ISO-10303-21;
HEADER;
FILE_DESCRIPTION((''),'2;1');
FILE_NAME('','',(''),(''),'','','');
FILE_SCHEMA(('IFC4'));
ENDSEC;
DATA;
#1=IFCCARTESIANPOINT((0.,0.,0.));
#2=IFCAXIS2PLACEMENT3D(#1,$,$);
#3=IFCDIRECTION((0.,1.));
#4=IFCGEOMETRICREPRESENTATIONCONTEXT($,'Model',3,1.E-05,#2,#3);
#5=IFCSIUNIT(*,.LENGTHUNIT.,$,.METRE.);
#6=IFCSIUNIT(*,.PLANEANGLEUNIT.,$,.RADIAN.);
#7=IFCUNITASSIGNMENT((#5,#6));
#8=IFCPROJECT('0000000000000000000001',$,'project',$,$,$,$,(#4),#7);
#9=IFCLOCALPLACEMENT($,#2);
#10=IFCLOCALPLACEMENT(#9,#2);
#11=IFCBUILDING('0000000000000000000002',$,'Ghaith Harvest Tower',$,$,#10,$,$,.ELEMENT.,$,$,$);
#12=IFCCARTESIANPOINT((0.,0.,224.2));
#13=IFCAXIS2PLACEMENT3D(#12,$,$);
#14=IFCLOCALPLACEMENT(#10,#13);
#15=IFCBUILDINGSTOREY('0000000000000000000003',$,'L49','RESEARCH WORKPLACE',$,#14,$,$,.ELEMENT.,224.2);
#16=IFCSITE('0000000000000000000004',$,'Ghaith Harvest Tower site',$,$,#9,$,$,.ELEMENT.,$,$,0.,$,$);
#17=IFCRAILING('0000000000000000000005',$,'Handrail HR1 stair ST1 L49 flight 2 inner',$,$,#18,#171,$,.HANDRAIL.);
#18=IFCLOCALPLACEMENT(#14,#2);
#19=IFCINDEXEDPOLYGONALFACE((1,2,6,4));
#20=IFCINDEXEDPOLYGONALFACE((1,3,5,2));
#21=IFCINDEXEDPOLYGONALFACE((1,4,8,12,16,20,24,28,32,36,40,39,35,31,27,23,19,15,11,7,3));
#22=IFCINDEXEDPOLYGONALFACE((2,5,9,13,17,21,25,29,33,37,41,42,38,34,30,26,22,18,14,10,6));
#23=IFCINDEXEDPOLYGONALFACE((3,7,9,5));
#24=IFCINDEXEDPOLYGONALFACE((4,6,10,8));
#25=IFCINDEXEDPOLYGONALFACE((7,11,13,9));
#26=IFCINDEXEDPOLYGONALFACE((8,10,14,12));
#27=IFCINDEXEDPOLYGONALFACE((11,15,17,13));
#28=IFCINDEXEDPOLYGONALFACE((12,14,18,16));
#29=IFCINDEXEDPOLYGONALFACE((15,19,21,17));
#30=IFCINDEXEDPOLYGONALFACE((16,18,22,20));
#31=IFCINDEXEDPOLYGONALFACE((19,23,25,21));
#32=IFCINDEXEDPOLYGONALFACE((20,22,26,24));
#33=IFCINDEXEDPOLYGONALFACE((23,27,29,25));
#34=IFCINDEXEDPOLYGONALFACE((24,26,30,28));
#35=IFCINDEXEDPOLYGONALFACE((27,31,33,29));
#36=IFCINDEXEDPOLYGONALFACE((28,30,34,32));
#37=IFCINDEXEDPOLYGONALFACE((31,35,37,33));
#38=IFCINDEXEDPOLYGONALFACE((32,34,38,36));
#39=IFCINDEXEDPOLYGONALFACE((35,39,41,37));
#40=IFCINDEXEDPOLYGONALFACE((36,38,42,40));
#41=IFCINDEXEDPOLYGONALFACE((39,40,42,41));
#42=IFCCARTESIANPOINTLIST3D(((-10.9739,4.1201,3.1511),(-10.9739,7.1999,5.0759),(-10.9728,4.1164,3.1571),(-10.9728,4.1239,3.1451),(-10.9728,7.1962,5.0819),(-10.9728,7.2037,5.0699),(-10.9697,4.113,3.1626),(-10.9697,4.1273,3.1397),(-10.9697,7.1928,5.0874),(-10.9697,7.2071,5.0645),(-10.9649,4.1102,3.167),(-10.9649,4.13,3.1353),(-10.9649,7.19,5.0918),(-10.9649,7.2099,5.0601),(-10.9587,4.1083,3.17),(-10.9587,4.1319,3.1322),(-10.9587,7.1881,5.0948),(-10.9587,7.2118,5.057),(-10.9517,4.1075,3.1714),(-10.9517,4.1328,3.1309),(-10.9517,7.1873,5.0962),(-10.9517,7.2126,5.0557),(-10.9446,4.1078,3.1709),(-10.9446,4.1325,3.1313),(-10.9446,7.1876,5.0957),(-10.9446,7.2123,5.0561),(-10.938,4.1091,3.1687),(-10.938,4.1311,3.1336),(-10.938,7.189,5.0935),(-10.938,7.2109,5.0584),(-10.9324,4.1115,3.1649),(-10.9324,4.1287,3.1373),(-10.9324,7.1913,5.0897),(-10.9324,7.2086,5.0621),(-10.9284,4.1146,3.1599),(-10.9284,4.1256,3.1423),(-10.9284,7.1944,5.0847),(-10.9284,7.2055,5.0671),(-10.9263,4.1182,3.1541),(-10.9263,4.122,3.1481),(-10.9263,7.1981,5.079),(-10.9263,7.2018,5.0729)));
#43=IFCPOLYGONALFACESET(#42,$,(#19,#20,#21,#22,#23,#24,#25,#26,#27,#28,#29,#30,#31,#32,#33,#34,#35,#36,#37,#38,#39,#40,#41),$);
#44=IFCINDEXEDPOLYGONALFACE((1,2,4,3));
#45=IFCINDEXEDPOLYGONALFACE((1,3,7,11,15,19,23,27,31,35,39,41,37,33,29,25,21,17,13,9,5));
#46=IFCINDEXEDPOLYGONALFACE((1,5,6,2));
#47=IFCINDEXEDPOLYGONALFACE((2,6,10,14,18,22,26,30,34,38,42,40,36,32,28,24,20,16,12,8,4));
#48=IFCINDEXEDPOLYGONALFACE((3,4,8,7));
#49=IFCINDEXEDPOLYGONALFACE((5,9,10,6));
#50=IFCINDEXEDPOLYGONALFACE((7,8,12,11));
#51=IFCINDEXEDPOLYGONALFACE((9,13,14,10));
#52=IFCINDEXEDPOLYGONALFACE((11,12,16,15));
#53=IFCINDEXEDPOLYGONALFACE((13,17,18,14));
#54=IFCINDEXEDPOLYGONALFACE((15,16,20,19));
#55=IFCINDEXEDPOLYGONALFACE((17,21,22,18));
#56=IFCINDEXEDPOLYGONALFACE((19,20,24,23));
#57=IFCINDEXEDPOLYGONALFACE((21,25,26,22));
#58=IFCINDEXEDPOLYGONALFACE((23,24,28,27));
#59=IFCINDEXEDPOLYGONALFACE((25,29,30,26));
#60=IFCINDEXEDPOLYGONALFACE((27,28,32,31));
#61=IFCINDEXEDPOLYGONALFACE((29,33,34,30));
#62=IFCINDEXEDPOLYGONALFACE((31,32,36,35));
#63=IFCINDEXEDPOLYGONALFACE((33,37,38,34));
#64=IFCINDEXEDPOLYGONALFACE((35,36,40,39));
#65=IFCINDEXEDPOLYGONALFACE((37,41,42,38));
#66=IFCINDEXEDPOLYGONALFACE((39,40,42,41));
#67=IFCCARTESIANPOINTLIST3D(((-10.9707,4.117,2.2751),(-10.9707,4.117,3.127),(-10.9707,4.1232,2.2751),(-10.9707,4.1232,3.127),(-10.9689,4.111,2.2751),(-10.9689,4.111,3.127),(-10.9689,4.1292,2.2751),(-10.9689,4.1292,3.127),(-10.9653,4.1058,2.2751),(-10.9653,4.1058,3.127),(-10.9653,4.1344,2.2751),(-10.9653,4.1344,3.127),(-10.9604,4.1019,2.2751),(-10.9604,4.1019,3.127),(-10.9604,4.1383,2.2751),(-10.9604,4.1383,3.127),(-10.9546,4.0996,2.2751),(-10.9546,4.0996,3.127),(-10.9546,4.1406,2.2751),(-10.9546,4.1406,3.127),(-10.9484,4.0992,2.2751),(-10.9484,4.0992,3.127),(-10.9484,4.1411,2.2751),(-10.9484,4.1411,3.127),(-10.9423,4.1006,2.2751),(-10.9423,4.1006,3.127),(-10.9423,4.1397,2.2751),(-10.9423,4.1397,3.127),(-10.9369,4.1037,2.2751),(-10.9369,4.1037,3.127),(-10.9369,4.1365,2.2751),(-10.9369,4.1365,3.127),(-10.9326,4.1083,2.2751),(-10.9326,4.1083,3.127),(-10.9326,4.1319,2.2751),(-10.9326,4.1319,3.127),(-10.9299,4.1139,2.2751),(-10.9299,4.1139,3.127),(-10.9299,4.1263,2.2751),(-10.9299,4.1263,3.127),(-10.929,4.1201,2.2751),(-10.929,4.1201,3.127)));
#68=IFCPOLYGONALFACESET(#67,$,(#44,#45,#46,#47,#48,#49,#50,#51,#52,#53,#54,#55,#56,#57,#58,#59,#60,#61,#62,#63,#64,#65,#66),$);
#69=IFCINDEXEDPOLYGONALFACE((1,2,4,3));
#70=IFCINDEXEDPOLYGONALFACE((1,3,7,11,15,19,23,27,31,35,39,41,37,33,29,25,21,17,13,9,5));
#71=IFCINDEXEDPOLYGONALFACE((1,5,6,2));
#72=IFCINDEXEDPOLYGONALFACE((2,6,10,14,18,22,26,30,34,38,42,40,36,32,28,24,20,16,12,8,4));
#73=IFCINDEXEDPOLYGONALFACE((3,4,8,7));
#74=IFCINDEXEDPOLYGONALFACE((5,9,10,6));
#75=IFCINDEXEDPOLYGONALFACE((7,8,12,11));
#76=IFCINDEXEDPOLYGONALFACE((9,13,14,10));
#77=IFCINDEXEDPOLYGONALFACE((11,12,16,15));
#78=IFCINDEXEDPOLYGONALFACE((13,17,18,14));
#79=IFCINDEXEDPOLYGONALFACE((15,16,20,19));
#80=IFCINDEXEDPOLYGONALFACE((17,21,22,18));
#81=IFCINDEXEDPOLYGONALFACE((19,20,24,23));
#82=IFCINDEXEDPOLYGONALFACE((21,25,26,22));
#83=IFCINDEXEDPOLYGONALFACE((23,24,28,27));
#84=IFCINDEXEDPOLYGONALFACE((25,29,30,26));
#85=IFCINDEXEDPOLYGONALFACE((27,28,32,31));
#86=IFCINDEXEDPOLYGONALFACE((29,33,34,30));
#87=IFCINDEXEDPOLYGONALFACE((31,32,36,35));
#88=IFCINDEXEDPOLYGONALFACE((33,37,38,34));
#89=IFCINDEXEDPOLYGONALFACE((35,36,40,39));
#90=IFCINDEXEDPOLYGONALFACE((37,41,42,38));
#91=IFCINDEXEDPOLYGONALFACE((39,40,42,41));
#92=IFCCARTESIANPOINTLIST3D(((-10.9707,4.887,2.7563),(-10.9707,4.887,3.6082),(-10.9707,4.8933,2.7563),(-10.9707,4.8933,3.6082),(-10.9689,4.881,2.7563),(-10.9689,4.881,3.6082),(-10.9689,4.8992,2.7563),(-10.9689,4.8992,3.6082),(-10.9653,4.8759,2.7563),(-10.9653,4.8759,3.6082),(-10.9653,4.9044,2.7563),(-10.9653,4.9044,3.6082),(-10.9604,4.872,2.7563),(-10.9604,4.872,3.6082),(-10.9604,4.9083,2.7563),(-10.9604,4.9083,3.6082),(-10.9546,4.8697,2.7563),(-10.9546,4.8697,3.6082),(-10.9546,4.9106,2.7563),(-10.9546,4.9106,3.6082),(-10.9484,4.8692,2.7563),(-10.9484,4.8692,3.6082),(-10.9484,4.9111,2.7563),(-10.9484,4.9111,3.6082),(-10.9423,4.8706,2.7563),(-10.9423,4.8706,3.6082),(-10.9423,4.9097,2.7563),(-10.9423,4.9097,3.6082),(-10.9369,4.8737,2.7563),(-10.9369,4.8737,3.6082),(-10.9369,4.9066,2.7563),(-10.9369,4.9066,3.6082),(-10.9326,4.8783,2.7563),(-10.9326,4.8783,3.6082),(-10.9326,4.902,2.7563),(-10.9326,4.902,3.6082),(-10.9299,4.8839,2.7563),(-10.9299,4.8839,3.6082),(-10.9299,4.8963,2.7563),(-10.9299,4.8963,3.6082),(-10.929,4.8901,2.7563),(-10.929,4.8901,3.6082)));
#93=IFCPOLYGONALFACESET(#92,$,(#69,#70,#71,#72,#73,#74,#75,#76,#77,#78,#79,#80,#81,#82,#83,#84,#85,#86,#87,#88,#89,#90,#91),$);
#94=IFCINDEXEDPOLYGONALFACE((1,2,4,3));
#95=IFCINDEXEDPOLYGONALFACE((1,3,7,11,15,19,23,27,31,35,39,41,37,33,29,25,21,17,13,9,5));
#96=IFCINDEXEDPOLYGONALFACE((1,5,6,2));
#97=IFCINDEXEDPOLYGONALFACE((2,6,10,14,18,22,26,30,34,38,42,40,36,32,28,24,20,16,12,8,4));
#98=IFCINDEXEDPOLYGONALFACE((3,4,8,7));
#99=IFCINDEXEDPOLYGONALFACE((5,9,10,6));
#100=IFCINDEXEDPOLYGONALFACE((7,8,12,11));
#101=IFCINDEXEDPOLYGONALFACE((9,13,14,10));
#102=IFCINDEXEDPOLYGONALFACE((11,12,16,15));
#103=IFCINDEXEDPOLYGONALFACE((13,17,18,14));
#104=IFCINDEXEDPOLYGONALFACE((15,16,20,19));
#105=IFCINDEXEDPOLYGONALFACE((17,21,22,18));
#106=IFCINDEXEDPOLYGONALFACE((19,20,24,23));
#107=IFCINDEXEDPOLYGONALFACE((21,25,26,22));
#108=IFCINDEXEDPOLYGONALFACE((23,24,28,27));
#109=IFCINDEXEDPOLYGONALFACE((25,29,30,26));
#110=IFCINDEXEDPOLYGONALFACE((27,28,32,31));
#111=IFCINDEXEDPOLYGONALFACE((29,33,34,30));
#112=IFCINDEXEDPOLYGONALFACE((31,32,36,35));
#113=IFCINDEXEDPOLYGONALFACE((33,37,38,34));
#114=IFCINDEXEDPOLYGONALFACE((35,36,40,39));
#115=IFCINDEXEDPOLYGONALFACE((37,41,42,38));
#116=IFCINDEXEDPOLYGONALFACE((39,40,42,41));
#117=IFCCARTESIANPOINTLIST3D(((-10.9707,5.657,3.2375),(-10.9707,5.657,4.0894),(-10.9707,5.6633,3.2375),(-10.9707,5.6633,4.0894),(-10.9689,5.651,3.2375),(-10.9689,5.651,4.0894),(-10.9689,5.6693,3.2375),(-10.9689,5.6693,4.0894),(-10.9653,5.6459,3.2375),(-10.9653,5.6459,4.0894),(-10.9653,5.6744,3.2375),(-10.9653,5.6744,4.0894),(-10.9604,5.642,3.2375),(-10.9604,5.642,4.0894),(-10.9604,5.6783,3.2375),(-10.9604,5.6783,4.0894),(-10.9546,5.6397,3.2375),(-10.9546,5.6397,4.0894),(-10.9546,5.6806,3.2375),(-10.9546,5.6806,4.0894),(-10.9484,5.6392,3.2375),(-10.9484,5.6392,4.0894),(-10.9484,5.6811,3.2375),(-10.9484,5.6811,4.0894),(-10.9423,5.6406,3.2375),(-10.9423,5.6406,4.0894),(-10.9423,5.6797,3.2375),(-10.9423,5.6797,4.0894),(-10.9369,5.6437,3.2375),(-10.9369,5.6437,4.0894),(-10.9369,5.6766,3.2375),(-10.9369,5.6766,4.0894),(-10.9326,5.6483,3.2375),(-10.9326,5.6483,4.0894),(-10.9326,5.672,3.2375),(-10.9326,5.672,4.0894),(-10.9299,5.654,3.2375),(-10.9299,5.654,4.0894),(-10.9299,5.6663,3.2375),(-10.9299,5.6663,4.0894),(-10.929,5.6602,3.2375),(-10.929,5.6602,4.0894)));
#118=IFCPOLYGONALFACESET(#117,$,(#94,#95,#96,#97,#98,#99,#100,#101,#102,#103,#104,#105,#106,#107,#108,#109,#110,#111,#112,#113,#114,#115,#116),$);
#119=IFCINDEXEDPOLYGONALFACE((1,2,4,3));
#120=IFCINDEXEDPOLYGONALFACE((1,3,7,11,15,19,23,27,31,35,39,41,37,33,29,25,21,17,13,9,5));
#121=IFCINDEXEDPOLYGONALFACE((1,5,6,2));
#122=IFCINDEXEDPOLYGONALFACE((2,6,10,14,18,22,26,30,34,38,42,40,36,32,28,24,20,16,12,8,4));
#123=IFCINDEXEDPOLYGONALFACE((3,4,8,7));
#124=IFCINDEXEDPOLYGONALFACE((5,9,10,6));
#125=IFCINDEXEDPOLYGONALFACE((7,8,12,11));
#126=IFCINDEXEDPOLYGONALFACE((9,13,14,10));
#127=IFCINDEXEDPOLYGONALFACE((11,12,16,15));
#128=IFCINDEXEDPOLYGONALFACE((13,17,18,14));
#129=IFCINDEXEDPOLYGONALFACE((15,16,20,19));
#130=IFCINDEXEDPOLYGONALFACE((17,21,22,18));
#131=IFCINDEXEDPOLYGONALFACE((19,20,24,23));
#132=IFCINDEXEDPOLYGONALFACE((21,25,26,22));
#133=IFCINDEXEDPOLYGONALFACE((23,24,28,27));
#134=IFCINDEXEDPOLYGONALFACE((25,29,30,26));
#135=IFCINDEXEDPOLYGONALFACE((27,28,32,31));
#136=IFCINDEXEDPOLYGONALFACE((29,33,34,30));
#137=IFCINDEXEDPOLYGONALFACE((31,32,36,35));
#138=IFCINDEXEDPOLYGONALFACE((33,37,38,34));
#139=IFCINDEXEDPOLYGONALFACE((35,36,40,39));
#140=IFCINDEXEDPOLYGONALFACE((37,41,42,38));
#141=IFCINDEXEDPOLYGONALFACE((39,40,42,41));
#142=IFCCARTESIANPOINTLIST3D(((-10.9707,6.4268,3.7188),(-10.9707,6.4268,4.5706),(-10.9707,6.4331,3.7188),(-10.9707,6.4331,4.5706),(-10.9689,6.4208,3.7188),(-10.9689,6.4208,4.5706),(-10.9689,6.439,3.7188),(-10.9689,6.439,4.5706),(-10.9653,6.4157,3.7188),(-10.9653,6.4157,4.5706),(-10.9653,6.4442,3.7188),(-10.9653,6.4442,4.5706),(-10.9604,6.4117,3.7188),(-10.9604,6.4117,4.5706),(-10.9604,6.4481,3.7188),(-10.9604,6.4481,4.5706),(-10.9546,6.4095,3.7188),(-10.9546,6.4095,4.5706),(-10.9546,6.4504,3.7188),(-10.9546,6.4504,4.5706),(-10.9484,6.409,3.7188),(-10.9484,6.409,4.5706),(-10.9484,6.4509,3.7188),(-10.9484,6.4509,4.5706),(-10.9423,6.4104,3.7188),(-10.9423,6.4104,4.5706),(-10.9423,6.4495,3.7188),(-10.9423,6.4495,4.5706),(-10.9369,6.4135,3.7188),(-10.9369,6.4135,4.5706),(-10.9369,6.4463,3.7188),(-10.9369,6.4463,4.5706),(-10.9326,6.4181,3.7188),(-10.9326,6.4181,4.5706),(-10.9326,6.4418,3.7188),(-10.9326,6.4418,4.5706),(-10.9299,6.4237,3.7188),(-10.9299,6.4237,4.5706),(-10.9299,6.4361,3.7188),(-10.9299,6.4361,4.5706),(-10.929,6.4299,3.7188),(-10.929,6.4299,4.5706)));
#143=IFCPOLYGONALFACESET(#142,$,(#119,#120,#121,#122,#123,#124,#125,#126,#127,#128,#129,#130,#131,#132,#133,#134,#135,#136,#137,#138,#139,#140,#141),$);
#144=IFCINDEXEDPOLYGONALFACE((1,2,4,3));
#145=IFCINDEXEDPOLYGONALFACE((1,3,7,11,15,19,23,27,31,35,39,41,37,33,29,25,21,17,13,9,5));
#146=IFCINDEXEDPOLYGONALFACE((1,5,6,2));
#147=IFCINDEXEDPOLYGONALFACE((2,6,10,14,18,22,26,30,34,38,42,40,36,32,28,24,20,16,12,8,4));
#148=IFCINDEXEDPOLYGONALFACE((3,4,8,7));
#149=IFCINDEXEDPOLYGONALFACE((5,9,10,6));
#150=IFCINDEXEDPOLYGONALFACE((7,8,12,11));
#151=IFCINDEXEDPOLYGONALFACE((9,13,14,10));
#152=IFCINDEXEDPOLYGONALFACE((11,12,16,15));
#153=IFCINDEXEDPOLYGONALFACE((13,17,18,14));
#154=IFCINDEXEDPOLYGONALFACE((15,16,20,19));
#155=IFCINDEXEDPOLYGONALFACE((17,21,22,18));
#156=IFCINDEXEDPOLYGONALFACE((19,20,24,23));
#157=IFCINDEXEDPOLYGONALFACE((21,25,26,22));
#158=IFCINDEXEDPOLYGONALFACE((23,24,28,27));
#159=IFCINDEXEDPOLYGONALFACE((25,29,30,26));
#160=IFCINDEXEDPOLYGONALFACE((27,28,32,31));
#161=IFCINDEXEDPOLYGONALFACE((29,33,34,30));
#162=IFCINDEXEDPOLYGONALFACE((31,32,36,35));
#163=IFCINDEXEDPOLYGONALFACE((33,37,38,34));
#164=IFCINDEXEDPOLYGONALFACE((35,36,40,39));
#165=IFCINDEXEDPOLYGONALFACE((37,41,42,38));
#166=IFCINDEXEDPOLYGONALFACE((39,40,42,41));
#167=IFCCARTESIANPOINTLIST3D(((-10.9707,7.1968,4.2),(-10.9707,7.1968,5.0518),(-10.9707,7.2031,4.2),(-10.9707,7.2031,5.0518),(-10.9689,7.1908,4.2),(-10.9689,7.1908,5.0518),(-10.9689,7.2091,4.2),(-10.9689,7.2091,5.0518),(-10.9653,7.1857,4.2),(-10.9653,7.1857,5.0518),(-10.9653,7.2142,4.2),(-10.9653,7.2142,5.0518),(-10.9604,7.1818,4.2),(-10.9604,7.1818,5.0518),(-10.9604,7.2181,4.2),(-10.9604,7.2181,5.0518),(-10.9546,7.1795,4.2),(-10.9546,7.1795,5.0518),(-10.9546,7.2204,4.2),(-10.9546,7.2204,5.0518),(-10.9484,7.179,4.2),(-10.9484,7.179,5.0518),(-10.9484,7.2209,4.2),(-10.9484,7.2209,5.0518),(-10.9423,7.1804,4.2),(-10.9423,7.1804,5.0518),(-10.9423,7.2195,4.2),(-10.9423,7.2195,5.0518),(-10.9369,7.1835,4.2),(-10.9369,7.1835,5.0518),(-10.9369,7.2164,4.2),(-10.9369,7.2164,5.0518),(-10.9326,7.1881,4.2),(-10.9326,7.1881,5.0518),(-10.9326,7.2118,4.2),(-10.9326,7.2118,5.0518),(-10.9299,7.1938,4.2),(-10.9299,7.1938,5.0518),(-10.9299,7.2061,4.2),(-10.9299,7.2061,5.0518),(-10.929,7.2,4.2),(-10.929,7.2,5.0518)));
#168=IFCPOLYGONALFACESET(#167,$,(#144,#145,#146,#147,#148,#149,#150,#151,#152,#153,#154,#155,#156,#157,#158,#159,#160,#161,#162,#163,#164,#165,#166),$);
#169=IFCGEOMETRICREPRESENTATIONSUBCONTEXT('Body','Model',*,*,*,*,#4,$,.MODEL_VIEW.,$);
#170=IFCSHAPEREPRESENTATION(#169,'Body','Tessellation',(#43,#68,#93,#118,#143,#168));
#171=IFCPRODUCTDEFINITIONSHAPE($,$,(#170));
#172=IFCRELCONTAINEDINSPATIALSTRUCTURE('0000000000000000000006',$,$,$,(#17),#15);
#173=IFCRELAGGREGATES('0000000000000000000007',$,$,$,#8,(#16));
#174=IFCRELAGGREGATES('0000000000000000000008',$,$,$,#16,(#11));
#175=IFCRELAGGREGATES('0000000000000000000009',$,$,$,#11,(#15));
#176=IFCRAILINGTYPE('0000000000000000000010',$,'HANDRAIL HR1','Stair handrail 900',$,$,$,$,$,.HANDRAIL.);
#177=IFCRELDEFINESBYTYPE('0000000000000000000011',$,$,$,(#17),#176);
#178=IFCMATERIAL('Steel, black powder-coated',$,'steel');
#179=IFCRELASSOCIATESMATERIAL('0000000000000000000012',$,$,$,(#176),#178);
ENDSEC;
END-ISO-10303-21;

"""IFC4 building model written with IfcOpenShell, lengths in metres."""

from ifc_helpers import new_model, si_unit, direction, frame, origin, origin_2d, place, context, subcontext, project, spatial, circle, extrude, material, type_object, element, save


model = new_model("IFC4")

# Units and contexts
model_context = context("Model", 3, precision=1e-05, world=origin(), true_north=direction((0.0, 1.0)))
body_context = subcontext(model_context, "Body", "Model", "MODEL_VIEW")
ifc_project = project(units=[si_unit("LENGTHUNIT", "METRE"), si_unit("PLANEANGLEUNIT", "RADIAN")], contexts=[model_context])

# Site, building, storey
site_placement = place(None, origin())
site = spatial("IfcSite", under=ifc_project, at=site_placement, Name="Ghaith Harvest Tower site", CompositionType="ELEMENT", RefElevation=0.0)
building_placement = place(site_placement, origin())
building = spatial("IfcBuilding", under=site, at=building_placement, Name="Ghaith Harvest Tower", CompositionType="ELEMENT")
storey_placement = place(building_placement, frame((0.0, 0.0, 224.2)))
storey = spatial("IfcBuildingStorey", under=building, at=storey_placement, Name="L49", Description="RESEARCH WORKPLACE", CompositionType="ELEMENT", Elevation=224.2)

# Railing
ifc_material_1 = material(Name="Steel, black powder-coated", Category="steel")
railing_type = type_object("IfcRailingType", Name="HANDRAIL HR1", Description="Stair handrail 900", PredefinedType="HANDRAIL", material=ifc_material_1)
railing_1_placement = place(storey_placement, frame((-10.95, 4.1201, 2.2751)))
element("IfcRailing", 1, at=railing_1_placement, inside=storey, type_object=railing_type, Name="Handrail HR1 stair ST1 L49 flight 2 inner", PredefinedType="HANDRAIL", context=body_context, shape_type="SweptSolid", body=[
    extrude(circle(Radius=0.0239, at=origin_2d()), frame((0.0, 0.0, 0.876), z_axis=(0.0, 0.84801, 0.529981), x_axis=(-1.0, 0.0, 0.0)), (0.0, 0.0, 1.0), 3.6318),
    extrude(circle(Radius=0.021, at=origin_2d()), origin(), (0.0, 0.0, 1.0), 0.8518),
    extrude(circle(Radius=0.021, at=origin_2d()), frame((0.0, 0.77, 0.4812)), (0.0, 0.0, 1.0), 0.8518),
    extrude(circle(Radius=0.021, at=origin_2d()), frame((0.0, 1.54, 0.9624)), (0.0, 0.0, 1.0), 0.8518),
    extrude(circle(Radius=0.021, at=origin_2d()), frame((0.0, 2.3098, 1.4436)), (0.0, 0.0, 1.0), 0.8518),
    extrude(circle(Radius=0.021, at=origin_2d()), frame((0.0, 3.0798, 1.9248)), (0.0, 0.0, 1.0), 0.8518),
])

save(model, "model.ifc")
